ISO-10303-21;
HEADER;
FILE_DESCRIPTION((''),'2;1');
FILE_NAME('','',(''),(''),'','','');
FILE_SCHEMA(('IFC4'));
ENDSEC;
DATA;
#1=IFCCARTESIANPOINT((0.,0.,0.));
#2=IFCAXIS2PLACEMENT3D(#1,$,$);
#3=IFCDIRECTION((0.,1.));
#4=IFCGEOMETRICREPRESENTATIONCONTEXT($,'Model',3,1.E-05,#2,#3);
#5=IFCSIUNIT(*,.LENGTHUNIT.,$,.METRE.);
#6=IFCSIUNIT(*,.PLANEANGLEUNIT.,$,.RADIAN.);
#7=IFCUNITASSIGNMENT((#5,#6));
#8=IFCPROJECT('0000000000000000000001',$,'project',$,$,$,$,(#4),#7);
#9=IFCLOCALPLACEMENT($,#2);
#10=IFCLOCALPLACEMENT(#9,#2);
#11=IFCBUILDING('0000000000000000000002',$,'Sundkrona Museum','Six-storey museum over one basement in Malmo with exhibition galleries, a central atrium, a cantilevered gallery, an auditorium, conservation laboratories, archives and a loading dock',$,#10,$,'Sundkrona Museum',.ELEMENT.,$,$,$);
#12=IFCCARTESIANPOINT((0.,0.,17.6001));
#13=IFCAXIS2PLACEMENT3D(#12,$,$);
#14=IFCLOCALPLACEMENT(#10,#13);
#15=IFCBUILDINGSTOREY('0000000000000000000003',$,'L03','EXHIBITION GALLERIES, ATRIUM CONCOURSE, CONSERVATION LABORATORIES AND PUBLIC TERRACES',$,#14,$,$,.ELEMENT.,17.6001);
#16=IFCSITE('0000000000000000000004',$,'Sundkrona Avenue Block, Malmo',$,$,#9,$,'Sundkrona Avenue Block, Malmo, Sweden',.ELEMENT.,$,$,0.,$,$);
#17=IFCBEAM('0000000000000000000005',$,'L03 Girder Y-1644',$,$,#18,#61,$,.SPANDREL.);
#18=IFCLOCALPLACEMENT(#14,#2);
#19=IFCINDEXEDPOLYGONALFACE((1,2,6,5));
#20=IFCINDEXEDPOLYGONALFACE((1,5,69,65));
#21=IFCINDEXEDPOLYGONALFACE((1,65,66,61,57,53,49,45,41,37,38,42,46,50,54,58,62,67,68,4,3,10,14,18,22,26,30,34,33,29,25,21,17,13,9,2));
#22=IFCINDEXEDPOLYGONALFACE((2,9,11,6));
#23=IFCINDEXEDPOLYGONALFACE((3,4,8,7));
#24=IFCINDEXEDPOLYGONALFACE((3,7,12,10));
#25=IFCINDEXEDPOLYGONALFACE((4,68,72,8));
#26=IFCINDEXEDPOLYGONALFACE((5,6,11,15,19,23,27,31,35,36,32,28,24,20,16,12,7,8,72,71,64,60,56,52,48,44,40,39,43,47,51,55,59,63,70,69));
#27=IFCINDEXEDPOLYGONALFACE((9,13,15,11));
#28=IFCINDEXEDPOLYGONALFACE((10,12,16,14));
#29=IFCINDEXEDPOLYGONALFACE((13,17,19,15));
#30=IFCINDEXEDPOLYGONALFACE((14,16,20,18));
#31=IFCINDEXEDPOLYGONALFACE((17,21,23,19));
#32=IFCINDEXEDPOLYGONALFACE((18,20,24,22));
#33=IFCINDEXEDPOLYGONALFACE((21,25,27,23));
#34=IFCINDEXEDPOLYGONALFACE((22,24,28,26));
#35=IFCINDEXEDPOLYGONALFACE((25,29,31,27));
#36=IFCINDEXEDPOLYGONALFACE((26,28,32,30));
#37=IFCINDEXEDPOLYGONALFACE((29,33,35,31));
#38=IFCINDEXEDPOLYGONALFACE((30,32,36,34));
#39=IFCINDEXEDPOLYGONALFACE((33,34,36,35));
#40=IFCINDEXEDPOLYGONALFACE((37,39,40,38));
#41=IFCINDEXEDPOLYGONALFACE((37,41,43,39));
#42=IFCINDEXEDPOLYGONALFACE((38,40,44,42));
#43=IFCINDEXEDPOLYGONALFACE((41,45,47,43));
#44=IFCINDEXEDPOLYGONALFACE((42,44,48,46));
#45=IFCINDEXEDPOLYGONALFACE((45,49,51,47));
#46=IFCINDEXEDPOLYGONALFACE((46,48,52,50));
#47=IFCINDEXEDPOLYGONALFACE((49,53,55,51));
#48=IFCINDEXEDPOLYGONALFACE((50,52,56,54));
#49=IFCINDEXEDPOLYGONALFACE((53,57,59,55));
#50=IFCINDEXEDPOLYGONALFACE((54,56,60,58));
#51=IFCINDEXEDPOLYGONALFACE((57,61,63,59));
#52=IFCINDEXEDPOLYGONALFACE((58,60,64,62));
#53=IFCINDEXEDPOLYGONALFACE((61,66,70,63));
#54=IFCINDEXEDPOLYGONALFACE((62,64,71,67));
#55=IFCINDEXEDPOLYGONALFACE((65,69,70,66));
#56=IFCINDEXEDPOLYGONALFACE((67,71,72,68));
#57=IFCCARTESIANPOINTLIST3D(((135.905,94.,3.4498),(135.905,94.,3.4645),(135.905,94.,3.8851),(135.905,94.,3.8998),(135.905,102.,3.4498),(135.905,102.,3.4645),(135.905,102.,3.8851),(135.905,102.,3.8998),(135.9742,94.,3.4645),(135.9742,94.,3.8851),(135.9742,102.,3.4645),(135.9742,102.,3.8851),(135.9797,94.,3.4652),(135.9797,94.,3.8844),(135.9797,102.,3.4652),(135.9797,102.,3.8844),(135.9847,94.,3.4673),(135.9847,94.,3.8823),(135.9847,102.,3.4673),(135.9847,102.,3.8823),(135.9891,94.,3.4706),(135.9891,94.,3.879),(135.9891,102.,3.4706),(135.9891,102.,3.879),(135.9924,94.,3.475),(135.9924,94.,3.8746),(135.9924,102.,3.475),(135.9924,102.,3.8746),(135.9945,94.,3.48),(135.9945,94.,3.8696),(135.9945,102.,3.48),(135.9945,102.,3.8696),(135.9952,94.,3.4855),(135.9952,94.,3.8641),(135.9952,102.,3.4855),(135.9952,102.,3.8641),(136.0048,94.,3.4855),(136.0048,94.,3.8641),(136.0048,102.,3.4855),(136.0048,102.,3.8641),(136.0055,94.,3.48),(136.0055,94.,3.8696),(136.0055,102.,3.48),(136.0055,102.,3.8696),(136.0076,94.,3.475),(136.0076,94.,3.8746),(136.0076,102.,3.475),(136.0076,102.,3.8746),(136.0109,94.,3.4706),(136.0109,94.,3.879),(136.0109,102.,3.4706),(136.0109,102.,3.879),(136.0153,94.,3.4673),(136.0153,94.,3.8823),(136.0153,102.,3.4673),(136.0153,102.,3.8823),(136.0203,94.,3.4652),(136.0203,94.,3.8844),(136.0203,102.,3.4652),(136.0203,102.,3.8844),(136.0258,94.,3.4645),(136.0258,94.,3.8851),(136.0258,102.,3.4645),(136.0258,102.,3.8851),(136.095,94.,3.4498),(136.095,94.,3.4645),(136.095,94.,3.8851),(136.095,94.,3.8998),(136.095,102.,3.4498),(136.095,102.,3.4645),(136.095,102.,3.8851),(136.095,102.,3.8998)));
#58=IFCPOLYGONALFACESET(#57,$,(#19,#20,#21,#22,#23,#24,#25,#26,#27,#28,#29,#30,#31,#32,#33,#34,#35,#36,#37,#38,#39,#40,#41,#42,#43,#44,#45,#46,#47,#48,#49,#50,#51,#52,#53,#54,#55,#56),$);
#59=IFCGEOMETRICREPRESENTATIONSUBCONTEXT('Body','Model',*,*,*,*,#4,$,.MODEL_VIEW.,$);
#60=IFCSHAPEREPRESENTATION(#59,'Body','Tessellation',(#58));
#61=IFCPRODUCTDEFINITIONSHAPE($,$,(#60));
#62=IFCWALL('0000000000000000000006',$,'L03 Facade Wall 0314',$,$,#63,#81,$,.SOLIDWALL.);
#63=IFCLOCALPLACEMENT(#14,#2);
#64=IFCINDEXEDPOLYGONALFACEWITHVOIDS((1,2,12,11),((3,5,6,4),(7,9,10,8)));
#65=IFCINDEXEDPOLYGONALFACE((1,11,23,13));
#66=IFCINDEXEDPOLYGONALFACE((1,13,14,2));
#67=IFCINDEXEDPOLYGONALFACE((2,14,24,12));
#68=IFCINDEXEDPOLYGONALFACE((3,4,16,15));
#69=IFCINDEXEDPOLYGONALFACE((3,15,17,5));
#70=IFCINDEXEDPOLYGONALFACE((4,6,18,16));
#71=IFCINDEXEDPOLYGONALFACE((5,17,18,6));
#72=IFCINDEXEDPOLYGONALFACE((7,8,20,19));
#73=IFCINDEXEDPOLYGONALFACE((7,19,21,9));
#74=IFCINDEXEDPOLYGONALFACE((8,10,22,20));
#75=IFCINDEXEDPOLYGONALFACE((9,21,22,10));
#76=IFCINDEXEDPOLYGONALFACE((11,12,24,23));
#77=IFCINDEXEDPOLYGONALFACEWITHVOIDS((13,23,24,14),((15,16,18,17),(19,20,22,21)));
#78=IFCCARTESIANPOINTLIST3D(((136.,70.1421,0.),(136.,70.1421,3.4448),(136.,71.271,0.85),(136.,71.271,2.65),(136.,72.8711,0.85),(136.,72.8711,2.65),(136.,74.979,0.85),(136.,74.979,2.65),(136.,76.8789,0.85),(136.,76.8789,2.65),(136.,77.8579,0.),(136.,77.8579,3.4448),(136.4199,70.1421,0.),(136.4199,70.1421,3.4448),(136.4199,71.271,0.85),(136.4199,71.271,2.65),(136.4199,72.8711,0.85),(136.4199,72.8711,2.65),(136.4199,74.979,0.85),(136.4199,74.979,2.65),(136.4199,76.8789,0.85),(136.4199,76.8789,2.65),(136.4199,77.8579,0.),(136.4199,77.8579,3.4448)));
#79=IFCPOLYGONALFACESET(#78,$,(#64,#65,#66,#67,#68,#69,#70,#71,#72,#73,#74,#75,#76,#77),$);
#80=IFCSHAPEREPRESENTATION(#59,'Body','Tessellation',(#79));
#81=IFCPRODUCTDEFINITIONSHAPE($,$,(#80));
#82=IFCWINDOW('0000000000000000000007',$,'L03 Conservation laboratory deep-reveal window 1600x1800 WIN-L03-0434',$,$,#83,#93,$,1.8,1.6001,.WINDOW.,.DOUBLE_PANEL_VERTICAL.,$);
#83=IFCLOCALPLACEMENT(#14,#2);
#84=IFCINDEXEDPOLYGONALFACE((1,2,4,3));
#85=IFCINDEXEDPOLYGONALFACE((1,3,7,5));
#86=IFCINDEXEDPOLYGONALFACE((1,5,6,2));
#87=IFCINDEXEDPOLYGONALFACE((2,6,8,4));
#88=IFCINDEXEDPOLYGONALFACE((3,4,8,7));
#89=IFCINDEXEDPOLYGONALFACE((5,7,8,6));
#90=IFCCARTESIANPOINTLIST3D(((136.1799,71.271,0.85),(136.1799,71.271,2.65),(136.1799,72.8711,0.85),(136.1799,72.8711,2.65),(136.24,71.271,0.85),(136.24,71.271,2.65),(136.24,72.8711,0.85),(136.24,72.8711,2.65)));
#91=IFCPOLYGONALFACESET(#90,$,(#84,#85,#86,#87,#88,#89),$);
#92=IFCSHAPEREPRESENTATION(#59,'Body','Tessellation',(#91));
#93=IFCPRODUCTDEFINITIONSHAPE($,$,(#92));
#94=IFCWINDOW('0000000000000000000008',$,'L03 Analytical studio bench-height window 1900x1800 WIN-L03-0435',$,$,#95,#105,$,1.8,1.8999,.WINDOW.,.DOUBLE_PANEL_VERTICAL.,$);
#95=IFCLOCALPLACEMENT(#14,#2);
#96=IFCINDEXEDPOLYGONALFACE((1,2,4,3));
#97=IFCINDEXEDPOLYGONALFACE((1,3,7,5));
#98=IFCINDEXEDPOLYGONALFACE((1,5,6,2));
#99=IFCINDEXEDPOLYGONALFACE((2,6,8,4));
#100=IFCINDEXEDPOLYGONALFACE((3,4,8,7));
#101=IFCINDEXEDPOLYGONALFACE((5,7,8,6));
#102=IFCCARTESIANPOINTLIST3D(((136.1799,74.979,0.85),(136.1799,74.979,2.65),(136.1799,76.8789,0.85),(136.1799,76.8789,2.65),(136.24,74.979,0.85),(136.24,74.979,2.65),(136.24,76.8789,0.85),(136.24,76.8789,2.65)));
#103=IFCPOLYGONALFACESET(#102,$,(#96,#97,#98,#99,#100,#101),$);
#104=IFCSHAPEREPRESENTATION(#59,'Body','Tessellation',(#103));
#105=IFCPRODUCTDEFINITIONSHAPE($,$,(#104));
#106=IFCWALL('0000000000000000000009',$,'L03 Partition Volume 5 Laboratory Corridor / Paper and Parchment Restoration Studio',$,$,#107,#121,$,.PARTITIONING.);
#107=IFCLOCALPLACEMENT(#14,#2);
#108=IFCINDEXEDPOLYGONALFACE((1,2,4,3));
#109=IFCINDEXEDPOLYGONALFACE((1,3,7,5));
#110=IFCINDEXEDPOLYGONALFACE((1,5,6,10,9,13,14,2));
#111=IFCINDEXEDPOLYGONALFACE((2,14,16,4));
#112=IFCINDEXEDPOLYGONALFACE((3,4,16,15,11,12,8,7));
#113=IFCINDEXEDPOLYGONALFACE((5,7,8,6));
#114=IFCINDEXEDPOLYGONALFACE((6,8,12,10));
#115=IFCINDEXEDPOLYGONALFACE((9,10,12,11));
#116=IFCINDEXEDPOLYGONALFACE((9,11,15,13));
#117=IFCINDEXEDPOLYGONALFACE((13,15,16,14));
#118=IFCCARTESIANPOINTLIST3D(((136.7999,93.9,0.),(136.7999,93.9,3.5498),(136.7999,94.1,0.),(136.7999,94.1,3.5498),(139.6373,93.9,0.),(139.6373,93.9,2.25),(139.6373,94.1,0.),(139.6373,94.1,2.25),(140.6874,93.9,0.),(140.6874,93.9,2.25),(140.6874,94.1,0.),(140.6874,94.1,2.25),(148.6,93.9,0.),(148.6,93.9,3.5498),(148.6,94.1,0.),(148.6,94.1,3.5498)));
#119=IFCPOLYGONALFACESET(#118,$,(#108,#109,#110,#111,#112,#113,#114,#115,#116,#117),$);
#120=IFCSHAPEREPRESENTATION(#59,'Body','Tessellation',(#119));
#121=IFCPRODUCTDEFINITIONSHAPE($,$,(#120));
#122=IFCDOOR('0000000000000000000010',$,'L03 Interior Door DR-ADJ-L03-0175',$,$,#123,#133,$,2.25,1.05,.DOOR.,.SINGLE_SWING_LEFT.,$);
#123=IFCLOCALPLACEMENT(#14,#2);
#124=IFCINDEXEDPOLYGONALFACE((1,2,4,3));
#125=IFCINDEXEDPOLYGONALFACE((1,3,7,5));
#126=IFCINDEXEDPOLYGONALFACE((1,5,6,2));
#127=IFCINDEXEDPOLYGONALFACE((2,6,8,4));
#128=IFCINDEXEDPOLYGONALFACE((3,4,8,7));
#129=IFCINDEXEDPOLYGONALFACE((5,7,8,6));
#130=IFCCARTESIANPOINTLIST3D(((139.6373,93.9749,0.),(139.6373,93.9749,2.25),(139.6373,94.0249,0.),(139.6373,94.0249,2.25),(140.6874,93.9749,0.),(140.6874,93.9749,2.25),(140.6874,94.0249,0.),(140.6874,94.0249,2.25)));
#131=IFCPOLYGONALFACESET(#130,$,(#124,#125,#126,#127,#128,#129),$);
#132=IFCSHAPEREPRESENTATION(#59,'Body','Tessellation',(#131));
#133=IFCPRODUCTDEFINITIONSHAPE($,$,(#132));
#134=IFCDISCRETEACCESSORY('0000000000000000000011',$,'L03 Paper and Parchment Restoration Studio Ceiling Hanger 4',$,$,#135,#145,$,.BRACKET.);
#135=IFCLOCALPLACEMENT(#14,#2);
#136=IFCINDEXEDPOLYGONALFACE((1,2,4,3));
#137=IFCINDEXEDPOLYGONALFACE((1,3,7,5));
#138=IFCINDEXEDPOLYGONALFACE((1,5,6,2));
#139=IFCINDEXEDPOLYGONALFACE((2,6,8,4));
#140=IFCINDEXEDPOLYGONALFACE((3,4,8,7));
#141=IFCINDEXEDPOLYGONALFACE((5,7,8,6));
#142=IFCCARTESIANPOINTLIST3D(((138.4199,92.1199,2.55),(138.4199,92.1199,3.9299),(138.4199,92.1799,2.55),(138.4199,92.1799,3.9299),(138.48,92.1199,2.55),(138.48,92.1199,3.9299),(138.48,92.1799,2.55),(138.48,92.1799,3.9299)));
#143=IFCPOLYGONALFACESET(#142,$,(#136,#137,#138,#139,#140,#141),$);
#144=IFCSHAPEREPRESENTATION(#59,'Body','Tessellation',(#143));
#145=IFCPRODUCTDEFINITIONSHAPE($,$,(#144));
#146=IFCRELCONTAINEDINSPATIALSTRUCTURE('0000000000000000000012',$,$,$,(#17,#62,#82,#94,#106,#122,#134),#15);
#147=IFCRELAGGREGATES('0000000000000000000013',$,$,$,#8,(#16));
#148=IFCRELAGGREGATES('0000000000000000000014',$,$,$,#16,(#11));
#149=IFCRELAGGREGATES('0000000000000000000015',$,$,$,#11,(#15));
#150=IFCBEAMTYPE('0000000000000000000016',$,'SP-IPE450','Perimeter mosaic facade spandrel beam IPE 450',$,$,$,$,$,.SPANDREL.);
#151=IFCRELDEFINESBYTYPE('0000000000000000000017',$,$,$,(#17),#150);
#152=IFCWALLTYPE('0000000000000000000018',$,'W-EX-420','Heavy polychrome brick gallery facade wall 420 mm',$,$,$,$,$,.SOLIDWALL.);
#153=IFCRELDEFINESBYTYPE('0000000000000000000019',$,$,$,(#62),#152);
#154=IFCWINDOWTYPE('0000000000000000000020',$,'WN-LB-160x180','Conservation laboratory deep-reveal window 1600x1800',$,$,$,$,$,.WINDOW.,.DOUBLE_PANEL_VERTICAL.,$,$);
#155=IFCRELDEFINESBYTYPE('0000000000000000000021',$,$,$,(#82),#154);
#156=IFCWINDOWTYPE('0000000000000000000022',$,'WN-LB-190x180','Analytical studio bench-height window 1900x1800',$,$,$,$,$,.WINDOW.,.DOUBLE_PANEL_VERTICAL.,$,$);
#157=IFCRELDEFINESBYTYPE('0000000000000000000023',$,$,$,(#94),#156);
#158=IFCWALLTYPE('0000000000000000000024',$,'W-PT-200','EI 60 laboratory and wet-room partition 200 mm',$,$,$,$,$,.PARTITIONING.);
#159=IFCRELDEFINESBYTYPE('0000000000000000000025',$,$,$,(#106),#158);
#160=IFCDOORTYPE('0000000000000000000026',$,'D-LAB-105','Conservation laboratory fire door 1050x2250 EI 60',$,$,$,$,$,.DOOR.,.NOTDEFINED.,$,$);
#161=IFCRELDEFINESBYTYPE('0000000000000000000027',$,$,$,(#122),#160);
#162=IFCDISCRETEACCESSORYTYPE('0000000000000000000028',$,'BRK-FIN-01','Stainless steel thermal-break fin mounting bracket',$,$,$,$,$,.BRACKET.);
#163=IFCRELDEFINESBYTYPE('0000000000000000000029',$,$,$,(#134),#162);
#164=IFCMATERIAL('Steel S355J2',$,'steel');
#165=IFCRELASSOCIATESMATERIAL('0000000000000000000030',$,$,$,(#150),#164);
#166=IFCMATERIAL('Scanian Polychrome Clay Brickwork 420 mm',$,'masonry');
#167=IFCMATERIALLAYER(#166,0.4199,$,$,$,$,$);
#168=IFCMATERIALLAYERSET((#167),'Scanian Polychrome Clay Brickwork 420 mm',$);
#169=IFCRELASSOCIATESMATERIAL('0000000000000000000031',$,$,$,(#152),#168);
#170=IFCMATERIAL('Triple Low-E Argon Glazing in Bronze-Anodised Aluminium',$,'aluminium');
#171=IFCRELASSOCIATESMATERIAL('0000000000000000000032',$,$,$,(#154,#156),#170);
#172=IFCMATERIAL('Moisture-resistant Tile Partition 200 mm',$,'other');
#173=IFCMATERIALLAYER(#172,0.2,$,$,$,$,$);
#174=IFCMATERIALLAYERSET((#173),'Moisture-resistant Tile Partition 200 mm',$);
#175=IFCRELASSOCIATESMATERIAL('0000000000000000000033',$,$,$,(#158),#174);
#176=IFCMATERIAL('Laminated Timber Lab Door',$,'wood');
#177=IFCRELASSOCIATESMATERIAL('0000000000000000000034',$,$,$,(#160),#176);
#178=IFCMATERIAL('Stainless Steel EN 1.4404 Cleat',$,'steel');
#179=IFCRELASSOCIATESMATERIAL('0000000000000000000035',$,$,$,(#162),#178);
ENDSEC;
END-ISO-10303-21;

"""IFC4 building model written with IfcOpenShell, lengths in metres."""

from ifc_helpers import new_model, si_unit, direction, frame, frame_2d, origin, origin_2d, place, context, subcontext, project, spatial, rectangle, i_section, extrude, material, layer, layer_set, material_profile, profile_set, type_object, element, fill, save


model = new_model("IFC4")

# Units and contexts
model_context = context("Model", 3, precision=1e-05, world=origin(), true_north=direction((0.0, 1.0)))
body_context = subcontext(model_context, "Body", "Model", "MODEL_VIEW")
ifc_project = project(units=[si_unit("LENGTHUNIT", "METRE"), si_unit("PLANEANGLEUNIT", "RADIAN")], contexts=[model_context])

# Site, building, storey
site_placement = place(None, origin())
site = spatial("IfcSite", under=ifc_project, at=site_placement, Name="Sundkrona Avenue Block, Malmo", LongName="Sundkrona Avenue Block, Malmo, Sweden", CompositionType="ELEMENT", RefElevation=0.0)
building_placement = place(site_placement, origin())
building = spatial("IfcBuilding", under=site, at=building_placement, Name="Sundkrona Museum", Description="Six-storey museum over one basement in Malmo with exhibition galleries, a central atrium, a cantilevered gallery, an auditorium, conservation laboratories, archives and a loading dock", LongName="Sundkrona Museum", CompositionType="ELEMENT")
storey_placement = place(building_placement, frame((0.0, 0.0, 17.6001)))
storey = spatial("IfcBuildingStorey", under=building, at=storey_placement, Name="L03", Description="EXHIBITION GALLERIES, ATRIUM CONCOURSE, CONSERVATION LABORATORIES AND PUBLIC TERRACES", CompositionType="ELEMENT", Elevation=17.6001)

# Shared definitions
ifc_material_1 = material(Name="Steel S355J2", Category="steel")

# Beam
ifc_material_profile_1 = material_profile(ifc_material_1, i_section(OverallWidth=0.1899, OverallDepth=0.45, WebThickness=0.0095, FlangeThickness=0.0146, FilletRadius=0.021, at=origin_2d()), Name="IPE 450")
ifc_profile_set_1 = profile_set([ifc_material_profile_1], Name="Steel S355J2")
beam_type_1 = type_object("IfcBeamType", Name="SP-IPE450", Description="Perimeter mosaic facade spandrel beam IPE 450", PredefinedType="SPANDREL", material=ifc_profile_set_1)
for number, where, z_axis, x_axis, name in (
    (1, (136.0, 94.0, 3.6748), (0.0, 1.0, 0.0), (-1.0, 0.0, 0.0), "L03 Girder Y-1644"),
):
    element("IfcBeam", number, at=place(storey_placement, frame(where, z_axis=z_axis, x_axis=x_axis)), inside=storey, type_object=beam_type_1, Name=name, PredefinedType="SPANDREL", context=body_context, shape_type="SweptSolid", body=[
        extrude(i_section(OverallWidth=0.1899, OverallDepth=0.45, WebThickness=0.0095, FlangeThickness=0.0146, FilletRadius=0.021, at=origin_2d()), origin(), (0.0, 0.0, 1.0), 8.0),
    ])

# Wall, openings, windows
ifc_material_2 = material(Name="Scanian Polychrome Clay Brickwork 420 mm", Category="masonry")
ifc_layer_1 = layer(ifc_material_2, 0.4199)
ifc_layer_set_1 = layer_set([ifc_layer_1], Name="Scanian Polychrome Clay Brickwork 420 mm")
wall_type_1 = type_object("IfcWallType", Name="W-EX-420", Description="Heavy polychrome brick gallery facade wall 420 mm", PredefinedType="SOLIDWALL", material=ifc_layer_set_1)
wall_1_placement = place(storey_placement, frame((136.21, 70.1421, 0.0), z_axis=(0.0, 0.0, 1.0), x_axis=(0.0, 1.0, 0.0)))
wall_1 = element("IfcWall", 2, at=wall_1_placement, inside=storey, type_object=wall_type_1, Name="L03 Facade Wall 0314", PredefinedType="SOLIDWALL", context=body_context, shape_type="SweptSolid", body=[
    extrude(rectangle(XDim=7.7158, YDim=0.4199, at=frame_2d((3.8579, 0.0))), origin(), (0.0, 0.0, 1.0), 3.4448),
])
opening_1_placement = place(wall_1_placement, frame((1.1289, 0.0, 0.8501)))
opening_1 = element("IfcOpeningElement", 3, at=opening_1_placement, cuts=wall_1, PredefinedType="OPENING", context=body_context, shape_type="SweptSolid", body=[
    extrude(rectangle(XDim=1.6001, YDim=1.8, at=frame_2d((0.8, 0.8999))), frame((0.0, 0.22, 0.0), z_axis=(0.0, -1.0, 0.0), x_axis=(1.0, 0.0, 0.0)), (0.0, 0.0, 1.0), 0.4399),
])
opening_2_placement = place(wall_1_placement, frame((4.8369, 0.0, 0.8501)))
opening_2 = element("IfcOpeningElement", 4, at=opening_2_placement, cuts=wall_1, PredefinedType="OPENING", context=body_context, shape_type="SweptSolid", body=[
    extrude(rectangle(XDim=1.8999, YDim=1.8, at=frame_2d((0.95, 0.8999))), frame((0.0, 0.22, 0.0), z_axis=(0.0, -1.0, 0.0), x_axis=(1.0, 0.0, 0.0)), (0.0, 0.0, 1.0), 0.4399),
])
ifc_material_3 = material(Name="Triple Low-E Argon Glazing in Bronze-Anodised Aluminium", Category="aluminium")
window_type_1 = type_object("IfcWindowType", Name="WN-LB-160x180", Description="Conservation laboratory deep-reveal window 1600x1800", PartitioningType="DOUBLE_PANEL_VERTICAL", PredefinedType="WINDOW", material=ifc_material_3)
window_1_placement = place(opening_1_placement, origin())
window_1 = element("IfcWindow", 5, at=window_1_placement, inside=storey, type_object=window_type_1, Name="L03 Conservation laboratory deep-reveal window 1600x1800 WIN-L03-0434", OverallHeight=1.8, OverallWidth=1.6001, PartitioningType="DOUBLE_PANEL_VERTICAL", PredefinedType="WINDOW", context=body_context, shape_type="SweptSolid", body=[
    extrude(rectangle(XDim=1.6001, YDim=1.8, at=frame_2d((0.8, 0.8999))), frame((0.0, 0.03, 0.0), z_axis=(0.0, -1.0, 0.0), x_axis=(1.0, 0.0, 0.0)), (0.0, 0.0, 1.0), 0.0601),
])
fill(opening_1, window_1)
window_type_2 = type_object("IfcWindowType", Name="WN-LB-190x180", Description="Analytical studio bench-height window 1900x1800", PartitioningType="DOUBLE_PANEL_VERTICAL", PredefinedType="WINDOW", material=ifc_material_3)
window_2_placement = place(opening_2_placement, origin())
window_2 = element("IfcWindow", 6, at=window_2_placement, inside=storey, type_object=window_type_2, Name="L03 Analytical studio bench-height window 1900x1800 WIN-L03-0435", OverallHeight=1.8, OverallWidth=1.8999, PartitioningType="DOUBLE_PANEL_VERTICAL", PredefinedType="WINDOW", context=body_context, shape_type="SweptSolid", body=[
    extrude(rectangle(XDim=1.8999, YDim=1.8, at=frame_2d((0.95, 0.8999))), frame((0.0, 0.03, 0.0), z_axis=(0.0, -1.0, 0.0), x_axis=(1.0, 0.0, 0.0)), (0.0, 0.0, 1.0), 0.0601),
])
fill(opening_2, window_2)

# Wall, opening, door
ifc_material_4 = material(Name="Moisture-resistant Tile Partition 200 mm", Category="other")
ifc_layer_2 = layer(ifc_material_4, 0.2)
ifc_layer_set_2 = layer_set([ifc_layer_2], Name="Moisture-resistant Tile Partition 200 mm")
wall_type_2 = type_object("IfcWallType", Name="W-PT-200", Description="EI 60 laboratory and wet-room partition 200 mm", PredefinedType="PARTITIONING", material=ifc_layer_set_2)
wall_2_placement = place(storey_placement, frame((136.8, 94.0, 0.0), z_axis=(0.0, 0.0, 1.0), x_axis=(1.0, 0.0, 0.0)))
wall_2 = element("IfcWall", 7, at=wall_2_placement, inside=storey, type_object=wall_type_2, Name="L03 Partition Volume 5 Laboratory Corridor / Paper and Parchment Restoration Studio", PredefinedType="PARTITIONING", context=body_context, shape_type="SweptSolid", body=[
    extrude(rectangle(XDim=11.8, YDim=0.2, at=frame_2d((5.8999, 0.0))), origin(), (0.0, 0.0, 1.0), 3.5498),
])
opening_3_placement = place(wall_2_placement, frame((2.8374, 0.0, 0.0)))
opening_3 = element("IfcOpeningElement", 8, at=opening_3_placement, cuts=wall_2, PredefinedType="OPENING", context=body_context, shape_type="SweptSolid", body=[
    extrude(rectangle(XDim=1.05, YDim=2.25, at=frame_2d((0.5249, 1.125))), frame((0.0, 0.1099, 0.0), z_axis=(0.0, -1.0, 0.0), x_axis=(1.0, 0.0, 0.0)), (0.0, 0.0, 1.0), 0.22),
])
ifc_material_5 = material(Name="Laminated Timber Lab Door", Category="wood")
door_type = type_object("IfcDoorType", Name="D-LAB-105", Description="Conservation laboratory fire door 1050x2250 EI 60", OperationType="NOTDEFINED", PredefinedType="DOOR", material=ifc_material_5)
door_placement = place(opening_3_placement, origin())
door = element("IfcDoor", 9, at=door_placement, inside=storey, type_object=door_type, Name="L03 Interior Door DR-ADJ-L03-0175", OperationType="SINGLE_SWING_LEFT", OverallHeight=2.25, OverallWidth=1.05, PredefinedType="DOOR", context=body_context, shape_type="SweptSolid", body=[
    extrude(rectangle(XDim=1.05, YDim=2.25, at=frame_2d((0.5249, 1.125))), frame((0.0, 0.0249, 0.0), z_axis=(0.0, -1.0, 0.0), x_axis=(1.0, 0.0, 0.0)), (0.0, 0.0, 1.0), 0.05),
])
fill(opening_3, door)

# Discrete accessory
ifc_material_6 = material(Name="Stainless Steel EN 1.4404 Cleat", Category="steel")
discrete_accessory_type = type_object("IfcDiscreteAccessoryType", Name="BRK-FIN-01", Description="Stainless steel thermal-break fin mounting bracket", PredefinedType="BRACKET", material=ifc_material_6)
discrete_accessory_placement = place(storey_placement, frame((138.45, 92.1499, 2.55), z_axis=(0.0, 0.0, 1.0), x_axis=(1.0, 0.0, 0.0)))
element("IfcDiscreteAccessory", 10, at=discrete_accessory_placement, inside=storey, type_object=discrete_accessory_type, Name="L03 Paper and Parchment Restoration Studio Ceiling Hanger 4", PredefinedType="BRACKET", context=body_context, shape_type="SweptSolid", body=[
    extrude(rectangle(XDim=0.0601, YDim=0.0601, at=origin_2d()), origin(), (0.0, 0.0, 1.0), 1.3799),
])

save(model, "model.ifc")
